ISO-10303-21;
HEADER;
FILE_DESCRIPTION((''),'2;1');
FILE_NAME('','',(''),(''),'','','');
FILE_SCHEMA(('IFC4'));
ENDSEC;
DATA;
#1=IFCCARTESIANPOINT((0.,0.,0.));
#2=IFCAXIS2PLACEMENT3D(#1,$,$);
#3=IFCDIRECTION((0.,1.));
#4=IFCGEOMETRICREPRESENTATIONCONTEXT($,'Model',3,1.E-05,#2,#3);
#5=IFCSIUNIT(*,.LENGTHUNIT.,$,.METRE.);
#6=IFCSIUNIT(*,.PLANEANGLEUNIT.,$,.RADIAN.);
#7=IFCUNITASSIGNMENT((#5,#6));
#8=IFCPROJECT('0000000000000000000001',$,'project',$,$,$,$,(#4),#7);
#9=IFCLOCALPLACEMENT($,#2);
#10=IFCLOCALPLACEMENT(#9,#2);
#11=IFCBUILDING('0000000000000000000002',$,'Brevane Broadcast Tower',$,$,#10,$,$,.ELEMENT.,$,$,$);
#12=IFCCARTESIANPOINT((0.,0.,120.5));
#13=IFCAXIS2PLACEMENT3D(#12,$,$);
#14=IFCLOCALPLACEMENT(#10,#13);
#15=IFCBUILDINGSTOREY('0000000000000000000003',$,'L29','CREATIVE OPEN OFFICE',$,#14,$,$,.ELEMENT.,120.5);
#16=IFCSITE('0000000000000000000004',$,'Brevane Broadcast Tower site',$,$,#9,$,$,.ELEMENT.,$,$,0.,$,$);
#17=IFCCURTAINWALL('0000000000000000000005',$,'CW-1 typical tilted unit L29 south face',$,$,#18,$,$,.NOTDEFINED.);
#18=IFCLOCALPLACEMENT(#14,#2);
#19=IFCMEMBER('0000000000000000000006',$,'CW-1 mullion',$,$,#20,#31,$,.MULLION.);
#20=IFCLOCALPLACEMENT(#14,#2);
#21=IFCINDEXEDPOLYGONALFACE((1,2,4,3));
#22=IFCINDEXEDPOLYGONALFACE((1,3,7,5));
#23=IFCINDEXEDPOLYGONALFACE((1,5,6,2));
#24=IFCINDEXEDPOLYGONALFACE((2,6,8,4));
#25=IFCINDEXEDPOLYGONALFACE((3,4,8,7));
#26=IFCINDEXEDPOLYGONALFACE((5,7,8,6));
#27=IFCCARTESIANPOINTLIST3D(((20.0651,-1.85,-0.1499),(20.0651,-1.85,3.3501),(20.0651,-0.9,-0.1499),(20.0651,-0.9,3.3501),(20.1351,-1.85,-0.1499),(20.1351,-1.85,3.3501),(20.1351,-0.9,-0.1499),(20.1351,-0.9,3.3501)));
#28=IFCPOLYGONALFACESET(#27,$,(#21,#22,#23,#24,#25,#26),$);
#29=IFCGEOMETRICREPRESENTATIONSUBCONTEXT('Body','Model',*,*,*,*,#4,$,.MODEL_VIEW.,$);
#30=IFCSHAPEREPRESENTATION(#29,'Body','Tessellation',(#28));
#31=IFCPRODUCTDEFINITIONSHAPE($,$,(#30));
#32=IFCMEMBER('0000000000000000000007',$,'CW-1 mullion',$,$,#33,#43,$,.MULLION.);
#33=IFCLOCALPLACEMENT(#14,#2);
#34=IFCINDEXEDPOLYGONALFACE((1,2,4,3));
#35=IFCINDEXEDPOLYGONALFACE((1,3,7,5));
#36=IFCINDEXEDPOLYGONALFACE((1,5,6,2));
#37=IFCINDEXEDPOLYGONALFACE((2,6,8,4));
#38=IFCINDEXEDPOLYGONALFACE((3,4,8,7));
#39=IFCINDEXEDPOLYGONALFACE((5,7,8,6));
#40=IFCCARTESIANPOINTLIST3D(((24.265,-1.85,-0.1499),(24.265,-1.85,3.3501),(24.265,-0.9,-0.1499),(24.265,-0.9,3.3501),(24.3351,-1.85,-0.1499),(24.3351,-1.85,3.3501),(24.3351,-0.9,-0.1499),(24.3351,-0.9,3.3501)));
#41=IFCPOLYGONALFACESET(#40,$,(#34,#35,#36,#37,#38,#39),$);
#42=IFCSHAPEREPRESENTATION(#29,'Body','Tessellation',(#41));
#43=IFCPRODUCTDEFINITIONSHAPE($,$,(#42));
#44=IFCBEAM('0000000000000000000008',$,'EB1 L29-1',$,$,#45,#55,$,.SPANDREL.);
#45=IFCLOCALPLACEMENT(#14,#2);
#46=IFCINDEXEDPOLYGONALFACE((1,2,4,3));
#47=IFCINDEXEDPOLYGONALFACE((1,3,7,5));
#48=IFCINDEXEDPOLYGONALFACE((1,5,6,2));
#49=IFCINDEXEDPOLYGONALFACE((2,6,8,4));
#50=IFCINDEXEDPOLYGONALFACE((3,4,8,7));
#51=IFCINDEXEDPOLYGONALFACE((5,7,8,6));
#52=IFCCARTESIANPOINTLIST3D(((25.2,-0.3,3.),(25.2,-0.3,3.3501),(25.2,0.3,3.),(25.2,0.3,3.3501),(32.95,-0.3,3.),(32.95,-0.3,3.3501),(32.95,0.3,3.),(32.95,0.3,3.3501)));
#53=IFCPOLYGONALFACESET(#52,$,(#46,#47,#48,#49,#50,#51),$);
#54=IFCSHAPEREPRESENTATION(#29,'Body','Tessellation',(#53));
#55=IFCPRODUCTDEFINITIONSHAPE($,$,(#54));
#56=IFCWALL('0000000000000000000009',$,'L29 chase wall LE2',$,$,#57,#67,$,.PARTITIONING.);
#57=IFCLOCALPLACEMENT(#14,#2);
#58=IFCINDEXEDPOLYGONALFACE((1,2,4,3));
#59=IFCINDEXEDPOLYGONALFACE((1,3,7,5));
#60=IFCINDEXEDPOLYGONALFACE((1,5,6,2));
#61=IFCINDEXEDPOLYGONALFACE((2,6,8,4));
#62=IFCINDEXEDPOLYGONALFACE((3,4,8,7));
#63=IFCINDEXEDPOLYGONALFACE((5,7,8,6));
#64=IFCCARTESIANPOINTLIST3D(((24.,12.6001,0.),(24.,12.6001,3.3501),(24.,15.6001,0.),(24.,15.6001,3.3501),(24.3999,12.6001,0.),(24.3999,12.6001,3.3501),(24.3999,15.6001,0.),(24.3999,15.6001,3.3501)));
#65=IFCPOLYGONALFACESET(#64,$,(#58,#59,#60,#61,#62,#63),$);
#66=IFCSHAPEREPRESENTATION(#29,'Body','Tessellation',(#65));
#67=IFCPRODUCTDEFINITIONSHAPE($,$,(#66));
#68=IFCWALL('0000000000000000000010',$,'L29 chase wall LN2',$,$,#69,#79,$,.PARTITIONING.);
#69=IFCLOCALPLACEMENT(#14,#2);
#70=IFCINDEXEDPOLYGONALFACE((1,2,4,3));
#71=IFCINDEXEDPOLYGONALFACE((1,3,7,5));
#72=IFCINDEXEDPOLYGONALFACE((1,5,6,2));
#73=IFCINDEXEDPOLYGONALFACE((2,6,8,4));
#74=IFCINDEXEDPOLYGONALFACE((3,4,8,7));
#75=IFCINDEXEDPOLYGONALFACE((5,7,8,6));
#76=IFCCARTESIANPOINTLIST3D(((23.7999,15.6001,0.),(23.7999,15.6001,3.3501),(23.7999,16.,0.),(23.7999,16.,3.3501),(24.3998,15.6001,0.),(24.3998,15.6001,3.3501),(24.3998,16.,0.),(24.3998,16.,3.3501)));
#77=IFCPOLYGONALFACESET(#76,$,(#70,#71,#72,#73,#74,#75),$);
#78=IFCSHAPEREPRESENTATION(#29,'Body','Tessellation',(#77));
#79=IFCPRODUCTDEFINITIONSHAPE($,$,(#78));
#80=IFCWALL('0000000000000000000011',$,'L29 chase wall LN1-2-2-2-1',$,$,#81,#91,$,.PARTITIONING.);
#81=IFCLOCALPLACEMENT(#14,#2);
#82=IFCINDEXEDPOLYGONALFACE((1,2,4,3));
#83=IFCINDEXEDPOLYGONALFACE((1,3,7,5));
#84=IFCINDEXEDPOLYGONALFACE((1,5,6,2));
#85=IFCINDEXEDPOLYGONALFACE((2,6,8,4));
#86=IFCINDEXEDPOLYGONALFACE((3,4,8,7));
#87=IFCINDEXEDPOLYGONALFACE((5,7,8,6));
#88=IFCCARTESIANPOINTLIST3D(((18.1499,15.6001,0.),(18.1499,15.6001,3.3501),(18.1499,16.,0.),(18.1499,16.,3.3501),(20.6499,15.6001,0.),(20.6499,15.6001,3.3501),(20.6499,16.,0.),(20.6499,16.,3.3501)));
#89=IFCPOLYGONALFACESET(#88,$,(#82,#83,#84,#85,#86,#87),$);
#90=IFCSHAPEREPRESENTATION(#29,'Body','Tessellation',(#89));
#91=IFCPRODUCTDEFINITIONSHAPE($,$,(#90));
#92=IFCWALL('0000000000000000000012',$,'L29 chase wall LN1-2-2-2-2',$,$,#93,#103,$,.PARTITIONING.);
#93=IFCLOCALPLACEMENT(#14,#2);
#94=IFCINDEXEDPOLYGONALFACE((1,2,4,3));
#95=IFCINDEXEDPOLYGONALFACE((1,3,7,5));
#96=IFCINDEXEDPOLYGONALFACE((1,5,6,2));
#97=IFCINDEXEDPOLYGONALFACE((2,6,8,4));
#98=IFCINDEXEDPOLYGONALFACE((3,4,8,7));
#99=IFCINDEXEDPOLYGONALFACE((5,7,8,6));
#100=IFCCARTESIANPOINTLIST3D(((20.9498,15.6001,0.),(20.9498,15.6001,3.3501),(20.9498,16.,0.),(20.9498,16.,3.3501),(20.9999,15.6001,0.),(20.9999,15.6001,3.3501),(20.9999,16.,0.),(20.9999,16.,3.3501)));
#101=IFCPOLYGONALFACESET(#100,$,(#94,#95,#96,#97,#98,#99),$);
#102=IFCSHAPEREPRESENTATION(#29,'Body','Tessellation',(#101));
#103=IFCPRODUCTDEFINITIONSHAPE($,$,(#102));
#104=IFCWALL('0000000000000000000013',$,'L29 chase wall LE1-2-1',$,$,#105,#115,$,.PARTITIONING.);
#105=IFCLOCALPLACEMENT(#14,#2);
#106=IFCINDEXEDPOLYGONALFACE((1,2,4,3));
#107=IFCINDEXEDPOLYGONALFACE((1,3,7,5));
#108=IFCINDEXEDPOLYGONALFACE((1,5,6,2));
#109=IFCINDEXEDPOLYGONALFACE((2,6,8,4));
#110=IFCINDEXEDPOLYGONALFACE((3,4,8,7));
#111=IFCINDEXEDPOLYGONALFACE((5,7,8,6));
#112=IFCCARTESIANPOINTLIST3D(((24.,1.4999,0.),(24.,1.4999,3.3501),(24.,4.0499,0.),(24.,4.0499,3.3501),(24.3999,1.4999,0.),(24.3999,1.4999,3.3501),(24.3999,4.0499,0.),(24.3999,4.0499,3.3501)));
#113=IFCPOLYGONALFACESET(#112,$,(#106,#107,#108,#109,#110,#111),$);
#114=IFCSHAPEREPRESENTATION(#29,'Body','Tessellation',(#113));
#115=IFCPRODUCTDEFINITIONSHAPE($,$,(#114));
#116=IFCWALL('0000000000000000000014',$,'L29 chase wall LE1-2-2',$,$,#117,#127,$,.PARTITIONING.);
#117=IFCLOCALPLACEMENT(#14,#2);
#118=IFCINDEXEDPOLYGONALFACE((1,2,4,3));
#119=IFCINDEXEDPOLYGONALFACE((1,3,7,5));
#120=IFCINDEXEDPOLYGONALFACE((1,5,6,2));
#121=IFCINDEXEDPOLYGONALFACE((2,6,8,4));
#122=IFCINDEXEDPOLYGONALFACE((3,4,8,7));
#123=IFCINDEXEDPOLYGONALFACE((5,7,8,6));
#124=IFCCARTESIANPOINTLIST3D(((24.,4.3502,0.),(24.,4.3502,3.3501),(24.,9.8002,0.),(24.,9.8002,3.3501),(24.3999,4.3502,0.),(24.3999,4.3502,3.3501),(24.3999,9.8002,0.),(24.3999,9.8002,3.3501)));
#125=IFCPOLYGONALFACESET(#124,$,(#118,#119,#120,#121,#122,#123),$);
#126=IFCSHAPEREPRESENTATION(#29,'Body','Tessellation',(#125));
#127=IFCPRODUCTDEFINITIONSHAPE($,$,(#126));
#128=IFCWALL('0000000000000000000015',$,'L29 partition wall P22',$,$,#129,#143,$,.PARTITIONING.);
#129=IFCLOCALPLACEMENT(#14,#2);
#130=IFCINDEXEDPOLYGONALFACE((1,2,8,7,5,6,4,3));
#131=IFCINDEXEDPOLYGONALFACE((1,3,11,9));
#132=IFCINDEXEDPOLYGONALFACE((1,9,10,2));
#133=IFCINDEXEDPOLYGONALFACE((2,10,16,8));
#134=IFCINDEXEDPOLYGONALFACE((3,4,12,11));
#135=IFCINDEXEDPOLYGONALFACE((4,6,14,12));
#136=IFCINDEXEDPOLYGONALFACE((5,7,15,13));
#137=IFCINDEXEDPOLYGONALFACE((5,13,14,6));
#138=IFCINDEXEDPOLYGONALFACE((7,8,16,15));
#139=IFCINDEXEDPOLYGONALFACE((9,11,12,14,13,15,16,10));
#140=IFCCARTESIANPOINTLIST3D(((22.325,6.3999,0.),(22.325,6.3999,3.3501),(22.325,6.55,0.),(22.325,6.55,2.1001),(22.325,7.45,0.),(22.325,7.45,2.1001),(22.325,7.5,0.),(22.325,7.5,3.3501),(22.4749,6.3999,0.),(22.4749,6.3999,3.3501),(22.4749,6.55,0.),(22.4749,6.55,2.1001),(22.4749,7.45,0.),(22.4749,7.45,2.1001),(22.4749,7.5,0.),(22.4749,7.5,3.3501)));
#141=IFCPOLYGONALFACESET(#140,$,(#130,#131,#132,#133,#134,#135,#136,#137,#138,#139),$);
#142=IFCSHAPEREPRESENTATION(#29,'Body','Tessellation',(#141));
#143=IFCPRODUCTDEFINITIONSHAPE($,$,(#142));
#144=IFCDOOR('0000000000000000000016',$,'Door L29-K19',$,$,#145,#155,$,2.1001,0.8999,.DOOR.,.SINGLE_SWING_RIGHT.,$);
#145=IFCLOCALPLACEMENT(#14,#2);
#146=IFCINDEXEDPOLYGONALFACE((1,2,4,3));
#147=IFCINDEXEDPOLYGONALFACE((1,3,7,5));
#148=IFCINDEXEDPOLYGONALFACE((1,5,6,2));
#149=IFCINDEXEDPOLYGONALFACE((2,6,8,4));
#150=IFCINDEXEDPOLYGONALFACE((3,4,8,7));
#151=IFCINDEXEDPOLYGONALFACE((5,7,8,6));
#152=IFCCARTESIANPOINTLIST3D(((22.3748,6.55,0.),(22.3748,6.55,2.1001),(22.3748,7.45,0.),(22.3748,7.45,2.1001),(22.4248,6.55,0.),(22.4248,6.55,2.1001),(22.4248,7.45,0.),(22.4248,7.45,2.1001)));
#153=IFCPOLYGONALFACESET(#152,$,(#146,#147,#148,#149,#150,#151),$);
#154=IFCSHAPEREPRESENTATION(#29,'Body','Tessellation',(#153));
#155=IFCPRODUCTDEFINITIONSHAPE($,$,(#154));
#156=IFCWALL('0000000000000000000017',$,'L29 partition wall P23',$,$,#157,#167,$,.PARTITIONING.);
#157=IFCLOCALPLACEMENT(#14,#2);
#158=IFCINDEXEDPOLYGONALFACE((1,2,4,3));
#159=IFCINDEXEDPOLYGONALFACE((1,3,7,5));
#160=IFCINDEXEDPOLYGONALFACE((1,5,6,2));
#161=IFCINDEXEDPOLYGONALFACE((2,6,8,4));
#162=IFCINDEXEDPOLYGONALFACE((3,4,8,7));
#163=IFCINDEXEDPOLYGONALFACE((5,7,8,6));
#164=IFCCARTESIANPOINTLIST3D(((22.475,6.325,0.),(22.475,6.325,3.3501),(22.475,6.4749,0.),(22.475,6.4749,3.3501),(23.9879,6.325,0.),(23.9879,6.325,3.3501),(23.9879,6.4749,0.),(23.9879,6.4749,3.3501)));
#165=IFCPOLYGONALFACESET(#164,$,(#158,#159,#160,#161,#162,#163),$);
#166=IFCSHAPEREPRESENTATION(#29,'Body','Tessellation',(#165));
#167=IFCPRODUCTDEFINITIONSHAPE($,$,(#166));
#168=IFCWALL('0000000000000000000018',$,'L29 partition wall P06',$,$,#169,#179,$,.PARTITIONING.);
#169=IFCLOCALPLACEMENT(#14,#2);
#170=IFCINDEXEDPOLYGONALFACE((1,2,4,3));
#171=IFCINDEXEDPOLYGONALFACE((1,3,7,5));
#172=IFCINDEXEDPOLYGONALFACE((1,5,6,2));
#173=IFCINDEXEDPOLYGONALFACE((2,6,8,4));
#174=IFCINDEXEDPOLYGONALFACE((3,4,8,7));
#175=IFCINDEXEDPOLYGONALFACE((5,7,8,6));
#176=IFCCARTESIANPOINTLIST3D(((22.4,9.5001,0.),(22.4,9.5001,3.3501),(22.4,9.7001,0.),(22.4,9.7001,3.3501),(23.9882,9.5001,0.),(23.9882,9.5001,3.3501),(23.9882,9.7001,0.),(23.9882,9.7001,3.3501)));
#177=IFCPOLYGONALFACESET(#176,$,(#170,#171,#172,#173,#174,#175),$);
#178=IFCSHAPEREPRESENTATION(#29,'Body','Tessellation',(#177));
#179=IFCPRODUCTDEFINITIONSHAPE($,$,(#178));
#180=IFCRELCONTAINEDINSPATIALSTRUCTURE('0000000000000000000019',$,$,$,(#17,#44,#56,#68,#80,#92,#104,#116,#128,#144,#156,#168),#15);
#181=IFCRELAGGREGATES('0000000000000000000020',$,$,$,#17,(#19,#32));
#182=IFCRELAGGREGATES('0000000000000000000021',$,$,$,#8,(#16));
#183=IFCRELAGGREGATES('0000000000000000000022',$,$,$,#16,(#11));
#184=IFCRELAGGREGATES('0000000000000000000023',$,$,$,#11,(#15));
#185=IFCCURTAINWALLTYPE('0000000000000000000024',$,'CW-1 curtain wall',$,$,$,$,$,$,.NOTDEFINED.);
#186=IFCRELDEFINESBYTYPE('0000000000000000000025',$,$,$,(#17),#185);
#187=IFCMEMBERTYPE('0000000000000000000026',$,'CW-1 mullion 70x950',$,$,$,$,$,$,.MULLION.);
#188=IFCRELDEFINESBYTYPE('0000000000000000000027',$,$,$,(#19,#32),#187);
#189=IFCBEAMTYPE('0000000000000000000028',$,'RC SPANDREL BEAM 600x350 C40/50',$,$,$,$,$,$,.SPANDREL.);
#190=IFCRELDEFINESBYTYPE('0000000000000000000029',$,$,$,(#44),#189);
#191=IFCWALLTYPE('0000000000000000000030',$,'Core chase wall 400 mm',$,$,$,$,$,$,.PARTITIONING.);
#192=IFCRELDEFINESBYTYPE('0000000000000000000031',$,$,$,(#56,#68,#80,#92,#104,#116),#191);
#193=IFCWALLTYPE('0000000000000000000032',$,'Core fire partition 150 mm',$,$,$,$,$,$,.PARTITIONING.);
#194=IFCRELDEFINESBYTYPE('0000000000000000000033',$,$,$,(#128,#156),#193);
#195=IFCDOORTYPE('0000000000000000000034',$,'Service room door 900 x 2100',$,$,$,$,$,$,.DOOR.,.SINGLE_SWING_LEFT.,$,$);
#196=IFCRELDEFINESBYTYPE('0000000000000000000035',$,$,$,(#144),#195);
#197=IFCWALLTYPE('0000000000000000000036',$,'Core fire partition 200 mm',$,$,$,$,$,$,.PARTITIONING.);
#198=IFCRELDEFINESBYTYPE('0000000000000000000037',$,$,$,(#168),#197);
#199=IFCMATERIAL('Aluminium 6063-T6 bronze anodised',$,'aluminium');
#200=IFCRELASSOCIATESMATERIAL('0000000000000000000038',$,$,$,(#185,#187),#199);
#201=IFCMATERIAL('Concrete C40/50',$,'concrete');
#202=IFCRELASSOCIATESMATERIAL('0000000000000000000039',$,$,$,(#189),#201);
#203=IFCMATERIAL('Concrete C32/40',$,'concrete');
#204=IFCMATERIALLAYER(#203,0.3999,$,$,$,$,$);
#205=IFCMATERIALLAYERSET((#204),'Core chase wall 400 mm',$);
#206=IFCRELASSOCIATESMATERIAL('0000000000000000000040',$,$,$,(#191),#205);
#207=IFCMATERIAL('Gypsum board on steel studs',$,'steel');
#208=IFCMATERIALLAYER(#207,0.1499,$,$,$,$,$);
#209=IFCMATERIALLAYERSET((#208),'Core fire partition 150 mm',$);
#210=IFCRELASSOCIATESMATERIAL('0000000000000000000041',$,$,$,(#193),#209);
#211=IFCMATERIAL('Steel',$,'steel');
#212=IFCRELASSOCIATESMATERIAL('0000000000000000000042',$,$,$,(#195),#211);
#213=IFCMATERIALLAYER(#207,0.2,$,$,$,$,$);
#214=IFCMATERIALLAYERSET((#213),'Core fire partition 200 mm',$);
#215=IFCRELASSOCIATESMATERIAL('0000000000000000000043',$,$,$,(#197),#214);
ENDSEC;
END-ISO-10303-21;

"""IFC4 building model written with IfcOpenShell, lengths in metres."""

from ifc_helpers import new_model, si_unit, direction, frame, frame_2d, origin, origin_2d, place, context, subcontext, project, spatial, rectangle, extrude, material, layer, layer_set, material_profile, profile_set, type_object, element, fill, aggregate, save


model = new_model("IFC4")

# Units and contexts
model_context = context("Model", 3, precision=1e-05, world=origin(), true_north=direction((0.0, 1.0)))
body_context = subcontext(model_context, "Body", "Model", "MODEL_VIEW")
ifc_project = project(units=[si_unit("LENGTHUNIT", "METRE"), si_unit("PLANEANGLEUNIT", "RADIAN")], contexts=[model_context])

# Site, building, storey
site_placement = place(None, origin())
site = spatial("IfcSite", under=ifc_project, at=site_placement, Name="Brevane Broadcast Tower site", CompositionType="ELEMENT", RefElevation=0.0)
building_placement = place(site_placement, origin())
building = spatial("IfcBuilding", under=site, at=building_placement, Name="Brevane Broadcast Tower", CompositionType="ELEMENT")
storey_placement = place(building_placement, frame((0.0, 0.0, 120.5)))
storey = spatial("IfcBuildingStorey", under=building, at=storey_placement, Name="L29", Description="CREATIVE OPEN OFFICE", CompositionType="ELEMENT", Elevation=120.5)

# Curtain wall, members
ifc_material_1 = material(Name="Aluminium 6063-T6 bronze anodised", Category="aluminium")
curtain_wall_type = type_object("IfcCurtainWallType", Name="CW-1 curtain wall", PredefinedType="NOTDEFINED", material=ifc_material_1)
curtain_wall_placement = place(storey_placement, origin())
curtain_wall = element("IfcCurtainWall", 1, at=curtain_wall_placement, inside=storey, type_object=curtain_wall_type, Name="CW-1 typical tilted unit L29 south face", PredefinedType="NOTDEFINED")
ifc_material_profile_1 = material_profile(ifc_material_1, rectangle(XDim=0.95, YDim=0.0701, at=origin_2d()), Name="RECT 70x950")
ifc_profile_set_1 = profile_set([ifc_material_profile_1], Name="Aluminium 6063-T6 bronze anodised")
member_type = type_object("IfcMemberType", Name="CW-1 mullion 70x950", PredefinedType="MULLION", material=ifc_profile_set_1)
member_1_placement = place(storey_placement, frame((20.1001, -1.375, -0.1499), z_axis=(0.0, 0.0, 1.0), x_axis=(0.0, 1.0, 0.0)))
member_1 = element("IfcMember", 2, at=member_1_placement, type_object=member_type, Name="CW-1 mullion", PredefinedType="MULLION", context=body_context, shape_type="SweptSolid", body=[
    extrude(rectangle(XDim=0.95, YDim=0.0701, at=origin_2d()), origin(), (0.0, 0.0, 1.0), 3.5),
])
member_2_placement = place(storey_placement, frame((24.3, -1.375, -0.1499), z_axis=(0.0, 0.0, 1.0), x_axis=(0.0, 1.0, 0.0)))
member_2 = element("IfcMember", 3, at=member_2_placement, type_object=member_type, Name="CW-1 mullion", PredefinedType="MULLION", context=body_context, shape_type="SweptSolid", body=[
    extrude(rectangle(XDim=0.95, YDim=0.0701, at=origin_2d()), origin(), (0.0, 0.0, 1.0), 3.5),
])
aggregate(curtain_wall, [member_1, member_2])

# Beam
ifc_material_2 = material(Name="Concrete C40/50", Category="concrete")
ifc_material_profile_2 = material_profile(ifc_material_2, rectangle(XDim=0.6001, YDim=0.3501, at=origin_2d()), Name="RC 600x350")
ifc_profile_set_2 = profile_set([ifc_material_profile_2], Name="Concrete C40/50")
beam_type = type_object("IfcBeamType", Name="RC SPANDREL BEAM 600x350 C40/50", PredefinedType="SPANDREL", material=ifc_profile_set_2)
beam_placement = place(storey_placement, frame((25.2, 0.0, 3.175), z_axis=(1.0, 0.0, 0.0), x_axis=(0.0, 1.0, 0.0)))
element("IfcBeam", 4, at=beam_placement, inside=storey, type_object=beam_type, Name="EB1 L29-1", PredefinedType="SPANDREL", context=body_context, shape_type="SweptSolid", body=[
    extrude(rectangle(XDim=0.6001, YDim=0.3501, at=origin_2d()), origin(), (0.0, 0.0, 1.0), 7.75),
])

# Walls
ifc_material_3 = material(Name="Concrete C32/40", Category="concrete")
ifc_layer_1 = layer(ifc_material_3, 0.3999)
ifc_layer_set_1 = layer_set([ifc_layer_1], Name="Core chase wall 400 mm")
wall_type_1 = type_object("IfcWallType", Name="Core chase wall 400 mm", PredefinedType="PARTITIONING", material=ifc_layer_set_1)
wall_1_placement = place(storey_placement, frame((24.2, 12.6001, 0.0), z_axis=(0.0, 0.0, 1.0), x_axis=(0.0, 1.0, 0.0)))
element("IfcWall", 5, at=wall_1_placement, inside=storey, type_object=wall_type_1, Name="L29 chase wall LE2", PredefinedType="PARTITIONING", context=body_context, shape_type="SweptSolid", body=[
    extrude(rectangle(XDim=3.0, YDim=0.3999, at=frame_2d((1.5, 0.0))), origin(), (0.0, 0.0, 1.0), 3.3501),
])
wall_2_placement = place(storey_placement, frame((23.8, 15.8, 0.0), z_axis=(0.0, 0.0, 1.0), x_axis=(1.0, 0.0, 0.0)))
element("IfcWall", 6, at=wall_2_placement, inside=storey, type_object=wall_type_1, Name="L29 chase wall LN2", PredefinedType="PARTITIONING", context=body_context, shape_type="SweptSolid", body=[
    extrude(rectangle(XDim=0.5999, YDim=0.3999, at=frame_2d((0.2998, 0.0))), origin(), (0.0, 0.0, 1.0), 3.3501),
])
wall_3_placement = place(storey_placement, frame((18.1499, 15.8, 0.0), z_axis=(0.0, 0.0, 1.0), x_axis=(1.0, 0.0, 0.0)))
element("IfcWall", 7, at=wall_3_placement, inside=storey, type_object=wall_type_1, Name="L29 chase wall LN1-2-2-2-1", PredefinedType="PARTITIONING", context=body_context, shape_type="SweptSolid", body=[
    extrude(rectangle(XDim=2.5, YDim=0.3999, at=frame_2d((1.25, 0.0))), origin(), (0.0, 0.0, 1.0), 3.3501),
])
wall_4_placement = place(storey_placement, frame((20.95, 15.8, 0.0), z_axis=(0.0, 0.0, 1.0), x_axis=(1.0, 0.0, 0.0)))
element("IfcWall", 8, at=wall_4_placement, inside=storey, type_object=wall_type_1, Name="L29 chase wall LN1-2-2-2-2", PredefinedType="PARTITIONING", context=body_context, shape_type="SweptSolid", body=[
    extrude(rectangle(XDim=0.05, YDim=0.3999, at=frame_2d((0.0249, 0.0))), origin(), (0.0, 0.0, 1.0), 3.3501),
])
wall_5_placement = place(storey_placement, frame((24.2, 1.5, 0.0), z_axis=(0.0, 0.0, 1.0), x_axis=(0.0, 1.0, 0.0)))
element("IfcWall", 9, at=wall_5_placement, inside=storey, type_object=wall_type_1, Name="L29 chase wall LE1-2-1", PredefinedType="PARTITIONING", context=body_context, shape_type="SweptSolid", body=[
    extrude(rectangle(XDim=2.55, YDim=0.3999, at=frame_2d((1.2749, 0.0))), origin(), (0.0, 0.0, 1.0), 3.3501),
])
wall_6_placement = place(storey_placement, frame((24.2, 4.3501, 0.0), z_axis=(0.0, 0.0, 1.0), x_axis=(0.0, 1.0, 0.0)))
element("IfcWall", 10, at=wall_6_placement, inside=storey, type_object=wall_type_1, Name="L29 chase wall LE1-2-2", PredefinedType="PARTITIONING", context=body_context, shape_type="SweptSolid", body=[
    extrude(rectangle(XDim=5.45, YDim=0.3999, at=frame_2d((2.7251, 0.0))), origin(), (0.0, 0.0, 1.0), 3.3501),
])

# Wall, opening, door
ifc_material_4 = material(Name="Gypsum board on steel studs", Category="steel")
ifc_layer_2 = layer(ifc_material_4, 0.1499)
ifc_layer_set_2 = layer_set([ifc_layer_2], Name="Core fire partition 150 mm")
wall_type_2 = type_object("IfcWallType", Name="Core fire partition 150 mm", PredefinedType="PARTITIONING", material=ifc_layer_set_2)
wall_7_placement = place(storey_placement, frame((22.3999, 7.5, 0.0), z_axis=(0.0, 0.0, 1.0), x_axis=(0.0, -1.0, 0.0)))
wall_7 = element("IfcWall", 11, at=wall_7_placement, inside=storey, type_object=wall_type_2, Name="L29 partition wall P22", PredefinedType="PARTITIONING", context=body_context, shape_type="SweptSolid", body=[
    extrude(rectangle(XDim=1.1001, YDim=0.1499, at=frame_2d((0.55, 0.0))), origin(), (0.0, 0.0, 1.0), 3.3501),
])
opening_1_placement = place(wall_7_placement, frame((0.05, 0.0, 0.0)))
opening_1 = element("IfcOpeningElement", 12, at=opening_1_placement, cuts=wall_7, PredefinedType="OPENING", context=body_context, shape_type="SweptSolid", body=[
    extrude(rectangle(XDim=0.8999, YDim=2.1001, at=frame_2d((0.45, 1.05))), frame((0.0, 0.085, 0.0), z_axis=(0.0, -1.0, 0.0), x_axis=(1.0, 0.0, 0.0)), (0.0, 0.0, 1.0), 0.1699),
])
ifc_material_5 = material(Name="Steel", Category="steel")
door_type = type_object("IfcDoorType", Name="Service room door 900 x 2100", OperationType="SINGLE_SWING_LEFT", PredefinedType="DOOR", material=ifc_material_5)
door_1_placement = place(opening_1_placement, origin())
door_1 = element("IfcDoor", 13, at=door_1_placement, inside=storey, type_object=door_type, Name="Door L29-K19", OperationType="SINGLE_SWING_RIGHT", OverallHeight=2.1001, OverallWidth=0.8999, PredefinedType="DOOR", context=body_context, shape_type="SweptSolid", body=[
    extrude(rectangle(XDim=0.8999, YDim=2.1001, at=frame_2d((0.45, 1.05))), frame((0.0, 0.0249, 0.0), z_axis=(0.0, -1.0, 0.0), x_axis=(1.0, 0.0, 0.0)), (0.0, 0.0, 1.0), 0.05),
])
fill(opening_1, door_1)

# Walls
wall_8_placement = place(storey_placement, frame((22.4751, 6.3999, 0.0), z_axis=(0.0, 0.0, 1.0), x_axis=(1.0, 0.0, 0.0)))
element("IfcWall", 14, at=wall_8_placement, inside=storey, type_object=wall_type_2, Name="L29 partition wall P23", PredefinedType="PARTITIONING", context=body_context, shape_type="SweptSolid", body=[
    extrude(rectangle(XDim=1.5129, YDim=0.1499, at=frame_2d((0.7563, 0.0))), origin(), (0.0, 0.0, 1.0), 3.3501),
])
ifc_layer_3 = layer(ifc_material_4, 0.2)
ifc_layer_set_3 = layer_set([ifc_layer_3], Name="Core fire partition 200 mm")
wall_type_3 = type_object("IfcWallType", Name="Core fire partition 200 mm", PredefinedType="PARTITIONING", material=ifc_layer_set_3)
wall_9_placement = place(storey_placement, frame((23.988, 9.6001, 0.0), z_axis=(0.0, 0.0, 1.0), x_axis=(-1.0, 0.0, 0.0)))
element("IfcWall", 15, at=wall_9_placement, inside=storey, type_object=wall_type_3, Name="L29 partition wall P06", PredefinedType="PARTITIONING", context=body_context, shape_type="SweptSolid", body=[
    extrude(rectangle(XDim=1.5881, YDim=0.2, at=frame_2d((0.7939, 0.0))), origin(), (0.0, 0.0, 1.0), 3.3501),
])

save(model, "model.ifc")
